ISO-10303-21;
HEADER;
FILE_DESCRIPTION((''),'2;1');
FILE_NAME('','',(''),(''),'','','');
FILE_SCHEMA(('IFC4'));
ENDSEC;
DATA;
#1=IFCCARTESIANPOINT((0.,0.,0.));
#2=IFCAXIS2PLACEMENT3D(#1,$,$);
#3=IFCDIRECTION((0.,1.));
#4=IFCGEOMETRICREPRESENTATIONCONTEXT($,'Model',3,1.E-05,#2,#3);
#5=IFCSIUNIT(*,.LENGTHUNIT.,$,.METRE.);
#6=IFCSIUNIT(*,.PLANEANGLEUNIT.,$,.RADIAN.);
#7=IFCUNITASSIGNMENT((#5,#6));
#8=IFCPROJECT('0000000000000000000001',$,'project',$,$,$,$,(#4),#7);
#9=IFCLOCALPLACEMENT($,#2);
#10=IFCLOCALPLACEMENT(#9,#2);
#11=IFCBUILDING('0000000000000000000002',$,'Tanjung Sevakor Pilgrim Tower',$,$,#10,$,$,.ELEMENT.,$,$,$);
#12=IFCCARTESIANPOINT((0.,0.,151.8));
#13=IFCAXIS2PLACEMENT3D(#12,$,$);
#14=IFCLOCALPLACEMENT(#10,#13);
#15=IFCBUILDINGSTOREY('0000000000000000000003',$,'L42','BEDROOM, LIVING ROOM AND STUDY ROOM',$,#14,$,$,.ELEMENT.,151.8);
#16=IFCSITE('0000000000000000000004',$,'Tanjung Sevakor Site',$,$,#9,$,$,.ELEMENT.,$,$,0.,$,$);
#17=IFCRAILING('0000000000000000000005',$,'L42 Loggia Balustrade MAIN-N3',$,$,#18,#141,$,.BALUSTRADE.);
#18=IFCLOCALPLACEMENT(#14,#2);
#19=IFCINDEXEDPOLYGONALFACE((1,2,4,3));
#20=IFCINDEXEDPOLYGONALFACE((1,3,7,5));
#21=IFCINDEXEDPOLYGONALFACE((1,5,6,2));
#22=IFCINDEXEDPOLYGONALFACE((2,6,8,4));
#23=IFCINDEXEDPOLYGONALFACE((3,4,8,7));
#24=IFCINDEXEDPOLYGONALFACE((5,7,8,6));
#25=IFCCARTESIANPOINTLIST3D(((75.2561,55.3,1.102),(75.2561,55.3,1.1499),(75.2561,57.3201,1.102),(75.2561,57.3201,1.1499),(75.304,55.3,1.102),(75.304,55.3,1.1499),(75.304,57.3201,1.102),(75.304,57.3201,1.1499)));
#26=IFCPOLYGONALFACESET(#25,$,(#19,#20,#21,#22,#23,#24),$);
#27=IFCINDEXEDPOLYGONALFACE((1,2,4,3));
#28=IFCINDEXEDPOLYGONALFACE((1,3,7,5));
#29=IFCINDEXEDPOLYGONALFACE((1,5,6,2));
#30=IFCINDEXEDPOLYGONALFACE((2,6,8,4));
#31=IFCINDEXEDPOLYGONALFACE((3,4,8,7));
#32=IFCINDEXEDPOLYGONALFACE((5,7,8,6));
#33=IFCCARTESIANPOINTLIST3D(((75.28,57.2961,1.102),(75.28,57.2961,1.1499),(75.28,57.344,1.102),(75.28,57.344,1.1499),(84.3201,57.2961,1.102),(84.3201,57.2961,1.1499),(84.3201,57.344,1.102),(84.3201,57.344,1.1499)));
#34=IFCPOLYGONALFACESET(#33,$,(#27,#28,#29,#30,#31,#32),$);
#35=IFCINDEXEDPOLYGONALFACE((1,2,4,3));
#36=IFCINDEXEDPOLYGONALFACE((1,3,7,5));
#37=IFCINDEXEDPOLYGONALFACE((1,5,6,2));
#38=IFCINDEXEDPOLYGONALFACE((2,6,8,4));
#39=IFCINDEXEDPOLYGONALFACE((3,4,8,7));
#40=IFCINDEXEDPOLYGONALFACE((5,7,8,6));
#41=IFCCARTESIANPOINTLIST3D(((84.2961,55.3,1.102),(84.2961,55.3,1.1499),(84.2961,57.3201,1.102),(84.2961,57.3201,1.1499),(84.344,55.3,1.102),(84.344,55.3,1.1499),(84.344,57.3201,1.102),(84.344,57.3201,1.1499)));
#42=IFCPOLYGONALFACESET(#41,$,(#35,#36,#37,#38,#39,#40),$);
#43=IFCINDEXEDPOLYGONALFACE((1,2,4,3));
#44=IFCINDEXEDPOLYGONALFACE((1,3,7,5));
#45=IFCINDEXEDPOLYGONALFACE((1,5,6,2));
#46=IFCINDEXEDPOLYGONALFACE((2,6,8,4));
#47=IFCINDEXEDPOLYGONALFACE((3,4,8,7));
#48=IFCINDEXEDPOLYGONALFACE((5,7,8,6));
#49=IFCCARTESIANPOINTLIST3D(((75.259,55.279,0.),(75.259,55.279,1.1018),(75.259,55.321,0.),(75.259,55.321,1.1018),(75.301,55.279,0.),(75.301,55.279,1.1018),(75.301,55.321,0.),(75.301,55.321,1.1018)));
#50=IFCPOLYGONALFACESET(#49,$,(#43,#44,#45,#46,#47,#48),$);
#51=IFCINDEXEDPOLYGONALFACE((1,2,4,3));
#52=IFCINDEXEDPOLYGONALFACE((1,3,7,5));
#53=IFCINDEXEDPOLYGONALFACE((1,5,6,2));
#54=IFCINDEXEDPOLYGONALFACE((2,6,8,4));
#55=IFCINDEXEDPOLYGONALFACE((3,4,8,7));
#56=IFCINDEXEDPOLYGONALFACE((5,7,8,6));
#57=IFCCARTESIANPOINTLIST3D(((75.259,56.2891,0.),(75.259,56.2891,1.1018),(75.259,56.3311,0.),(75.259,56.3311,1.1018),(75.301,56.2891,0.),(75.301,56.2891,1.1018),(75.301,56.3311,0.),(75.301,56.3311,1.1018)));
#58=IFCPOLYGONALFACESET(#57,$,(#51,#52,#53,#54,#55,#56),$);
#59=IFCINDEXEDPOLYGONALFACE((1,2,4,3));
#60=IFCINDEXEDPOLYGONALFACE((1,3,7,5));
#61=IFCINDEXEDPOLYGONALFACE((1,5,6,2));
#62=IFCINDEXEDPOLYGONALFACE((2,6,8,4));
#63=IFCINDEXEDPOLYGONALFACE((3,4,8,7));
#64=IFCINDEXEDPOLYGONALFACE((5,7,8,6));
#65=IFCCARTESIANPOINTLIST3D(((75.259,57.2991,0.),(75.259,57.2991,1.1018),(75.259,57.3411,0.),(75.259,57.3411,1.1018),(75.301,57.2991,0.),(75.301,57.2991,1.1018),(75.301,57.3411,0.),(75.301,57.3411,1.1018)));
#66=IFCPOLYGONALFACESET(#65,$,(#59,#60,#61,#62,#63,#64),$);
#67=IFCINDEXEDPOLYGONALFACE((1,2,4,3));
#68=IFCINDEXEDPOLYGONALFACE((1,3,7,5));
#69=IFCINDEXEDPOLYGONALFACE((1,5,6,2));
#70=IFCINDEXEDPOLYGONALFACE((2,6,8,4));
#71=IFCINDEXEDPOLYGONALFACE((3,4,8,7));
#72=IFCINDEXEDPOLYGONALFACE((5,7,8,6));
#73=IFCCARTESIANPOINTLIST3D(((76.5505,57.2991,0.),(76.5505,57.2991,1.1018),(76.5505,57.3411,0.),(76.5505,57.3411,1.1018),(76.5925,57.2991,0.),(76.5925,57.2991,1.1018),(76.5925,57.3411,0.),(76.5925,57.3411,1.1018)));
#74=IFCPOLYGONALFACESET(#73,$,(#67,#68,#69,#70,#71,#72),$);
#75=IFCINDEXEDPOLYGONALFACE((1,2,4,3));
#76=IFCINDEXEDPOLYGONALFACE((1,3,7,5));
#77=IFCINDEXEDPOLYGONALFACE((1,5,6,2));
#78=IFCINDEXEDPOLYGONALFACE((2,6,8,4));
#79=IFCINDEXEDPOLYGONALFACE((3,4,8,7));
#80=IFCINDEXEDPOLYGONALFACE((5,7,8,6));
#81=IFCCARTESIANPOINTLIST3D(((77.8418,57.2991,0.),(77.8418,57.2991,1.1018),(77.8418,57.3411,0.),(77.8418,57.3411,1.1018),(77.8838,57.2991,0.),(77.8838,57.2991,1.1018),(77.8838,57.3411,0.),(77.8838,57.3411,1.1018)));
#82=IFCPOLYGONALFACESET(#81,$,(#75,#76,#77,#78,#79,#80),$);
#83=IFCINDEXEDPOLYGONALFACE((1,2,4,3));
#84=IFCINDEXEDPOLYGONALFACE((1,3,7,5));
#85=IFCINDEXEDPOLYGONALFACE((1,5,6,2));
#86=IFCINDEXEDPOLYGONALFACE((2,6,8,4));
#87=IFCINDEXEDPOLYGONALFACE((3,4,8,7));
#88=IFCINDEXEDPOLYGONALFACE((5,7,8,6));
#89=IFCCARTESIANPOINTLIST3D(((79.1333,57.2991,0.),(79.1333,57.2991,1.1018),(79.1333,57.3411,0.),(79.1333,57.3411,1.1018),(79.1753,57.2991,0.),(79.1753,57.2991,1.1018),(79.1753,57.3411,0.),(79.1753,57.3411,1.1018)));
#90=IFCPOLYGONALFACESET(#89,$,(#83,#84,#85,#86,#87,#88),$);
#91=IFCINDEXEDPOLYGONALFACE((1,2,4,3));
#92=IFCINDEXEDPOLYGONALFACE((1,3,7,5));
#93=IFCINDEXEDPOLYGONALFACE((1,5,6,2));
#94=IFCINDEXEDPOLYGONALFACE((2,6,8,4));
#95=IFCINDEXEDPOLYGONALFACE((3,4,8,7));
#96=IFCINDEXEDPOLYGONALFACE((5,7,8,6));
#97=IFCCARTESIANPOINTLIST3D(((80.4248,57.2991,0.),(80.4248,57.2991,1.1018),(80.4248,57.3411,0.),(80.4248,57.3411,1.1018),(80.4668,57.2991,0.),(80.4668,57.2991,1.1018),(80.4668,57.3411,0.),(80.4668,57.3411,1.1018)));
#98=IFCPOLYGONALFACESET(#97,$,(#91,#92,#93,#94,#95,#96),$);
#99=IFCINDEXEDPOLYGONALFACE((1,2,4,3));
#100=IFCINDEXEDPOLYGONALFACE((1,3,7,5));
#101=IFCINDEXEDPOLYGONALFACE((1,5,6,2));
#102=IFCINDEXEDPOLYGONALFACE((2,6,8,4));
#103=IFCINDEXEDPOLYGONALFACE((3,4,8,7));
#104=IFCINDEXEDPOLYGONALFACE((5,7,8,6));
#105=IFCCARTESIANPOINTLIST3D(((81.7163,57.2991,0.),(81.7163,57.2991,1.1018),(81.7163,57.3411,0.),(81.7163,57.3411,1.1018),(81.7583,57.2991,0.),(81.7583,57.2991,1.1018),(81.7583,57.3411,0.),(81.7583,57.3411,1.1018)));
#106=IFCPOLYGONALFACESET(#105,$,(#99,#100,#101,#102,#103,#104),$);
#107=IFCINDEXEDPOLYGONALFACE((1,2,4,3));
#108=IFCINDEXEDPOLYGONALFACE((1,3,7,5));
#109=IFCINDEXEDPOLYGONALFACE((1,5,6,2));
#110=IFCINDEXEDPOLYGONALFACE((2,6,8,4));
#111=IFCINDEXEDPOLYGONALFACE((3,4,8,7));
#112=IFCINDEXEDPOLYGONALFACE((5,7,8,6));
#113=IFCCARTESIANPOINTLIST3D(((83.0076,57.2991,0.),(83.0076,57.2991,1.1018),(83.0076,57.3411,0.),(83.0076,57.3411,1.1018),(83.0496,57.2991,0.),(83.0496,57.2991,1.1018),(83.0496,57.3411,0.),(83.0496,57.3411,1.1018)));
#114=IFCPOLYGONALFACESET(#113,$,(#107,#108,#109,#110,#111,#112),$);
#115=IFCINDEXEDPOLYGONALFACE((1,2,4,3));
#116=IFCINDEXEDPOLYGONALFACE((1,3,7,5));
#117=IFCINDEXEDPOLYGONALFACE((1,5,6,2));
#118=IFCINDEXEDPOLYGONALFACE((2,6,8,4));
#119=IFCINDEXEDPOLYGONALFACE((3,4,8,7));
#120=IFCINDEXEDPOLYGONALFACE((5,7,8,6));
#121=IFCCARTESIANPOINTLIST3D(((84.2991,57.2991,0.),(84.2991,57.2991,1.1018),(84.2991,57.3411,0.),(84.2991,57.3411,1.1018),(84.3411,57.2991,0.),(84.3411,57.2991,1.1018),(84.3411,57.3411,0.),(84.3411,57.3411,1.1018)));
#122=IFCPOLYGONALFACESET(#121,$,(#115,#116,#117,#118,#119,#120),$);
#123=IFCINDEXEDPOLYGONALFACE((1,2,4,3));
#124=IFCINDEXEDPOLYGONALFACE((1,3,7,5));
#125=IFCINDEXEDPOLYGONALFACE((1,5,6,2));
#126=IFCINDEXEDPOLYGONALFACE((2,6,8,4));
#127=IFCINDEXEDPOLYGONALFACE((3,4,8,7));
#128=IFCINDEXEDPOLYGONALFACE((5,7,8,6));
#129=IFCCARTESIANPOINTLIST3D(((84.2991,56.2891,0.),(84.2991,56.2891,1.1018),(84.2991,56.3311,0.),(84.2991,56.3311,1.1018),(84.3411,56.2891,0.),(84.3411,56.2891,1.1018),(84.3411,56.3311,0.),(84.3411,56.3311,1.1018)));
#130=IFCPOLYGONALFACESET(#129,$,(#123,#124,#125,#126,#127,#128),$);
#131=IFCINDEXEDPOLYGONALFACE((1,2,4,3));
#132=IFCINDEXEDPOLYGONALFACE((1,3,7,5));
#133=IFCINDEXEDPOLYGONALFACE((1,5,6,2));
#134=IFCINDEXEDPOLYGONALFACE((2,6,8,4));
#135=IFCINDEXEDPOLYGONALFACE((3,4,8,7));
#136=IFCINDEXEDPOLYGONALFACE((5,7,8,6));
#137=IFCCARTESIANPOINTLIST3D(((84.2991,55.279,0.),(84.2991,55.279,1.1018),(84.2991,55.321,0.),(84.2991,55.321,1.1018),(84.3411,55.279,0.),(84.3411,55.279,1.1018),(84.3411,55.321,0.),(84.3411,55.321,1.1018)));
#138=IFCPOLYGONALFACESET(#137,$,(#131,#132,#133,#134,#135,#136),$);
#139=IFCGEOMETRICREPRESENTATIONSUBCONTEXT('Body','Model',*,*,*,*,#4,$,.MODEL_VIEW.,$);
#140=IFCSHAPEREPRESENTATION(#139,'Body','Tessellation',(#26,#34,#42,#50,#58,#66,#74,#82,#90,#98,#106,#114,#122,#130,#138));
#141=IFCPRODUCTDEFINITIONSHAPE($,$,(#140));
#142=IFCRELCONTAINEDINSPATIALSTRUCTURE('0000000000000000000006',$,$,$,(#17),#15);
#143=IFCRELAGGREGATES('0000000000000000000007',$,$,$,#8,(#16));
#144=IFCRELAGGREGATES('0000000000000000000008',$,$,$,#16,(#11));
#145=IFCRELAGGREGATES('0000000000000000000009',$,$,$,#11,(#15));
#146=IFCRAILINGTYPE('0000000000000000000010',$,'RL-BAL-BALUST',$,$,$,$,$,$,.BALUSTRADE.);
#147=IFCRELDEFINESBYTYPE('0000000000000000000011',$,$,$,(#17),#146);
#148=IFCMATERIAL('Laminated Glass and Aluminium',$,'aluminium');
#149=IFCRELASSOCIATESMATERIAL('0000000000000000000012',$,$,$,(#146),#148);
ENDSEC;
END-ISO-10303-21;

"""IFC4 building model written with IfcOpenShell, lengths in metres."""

from ifc_helpers import new_model, si_unit, direction, frame, origin, place, context, subcontext, project, spatial, rectangle, extrude, material, type_object, element, save


model = new_model("IFC4")

# Units and contexts
model_context = context("Model", 3, precision=1e-05, world=origin(), true_north=direction((0.0, 1.0)))
body_context = subcontext(model_context, "Body", "Model", "MODEL_VIEW")
ifc_project = project(units=[si_unit("LENGTHUNIT", "METRE"), si_unit("PLANEANGLEUNIT", "RADIAN")], contexts=[model_context])

# Site, building, storey
site_placement = place(None, origin())
site = spatial("IfcSite", under=ifc_project, at=site_placement, Name="Tanjung Sevakor Site", CompositionType="ELEMENT", RefElevation=0.0)
building_placement = place(site_placement, origin())
building = spatial("IfcBuilding", under=site, at=building_placement, Name="Tanjung Sevakor Pilgrim Tower", CompositionType="ELEMENT")
storey_placement = place(building_placement, frame((0.0, 0.0, 151.8)))
storey = spatial("IfcBuildingStorey", under=building, at=storey_placement, Name="L42", Description="BEDROOM, LIVING ROOM AND STUDY ROOM", CompositionType="ELEMENT", Elevation=151.8)

# Railing
ifc_material_1 = material(Name="Laminated Glass and Aluminium", Category="aluminium")
railing_type = type_object("IfcRailingType", Name="RL-BAL-BALUST", PredefinedType="BALUSTRADE", material=ifc_material_1)
railing_1_placement = place(storey_placement, frame((75.28, 55.3, 0.0)))
element("IfcRailing", 1, at=railing_1_placement, inside=storey, type_object=railing_type, Name="L42 Loggia Balustrade MAIN-N3", PredefinedType="BALUSTRADE", context=body_context, shape_type="SweptSolid", body=[
    extrude(rectangle(XDim=0.0479, YDim=0.0479), frame((0.0, 0.0, 1.126), z_axis=(0.0, 1.0, 0.0), x_axis=(-1.0, 0.0, 0.0)), (0.0, 0.0, 1.0), 2.02),
    extrude(rectangle(XDim=0.0479, YDim=0.0479), frame((0.0, 2.02, 1.126), z_axis=(1.0, 0.0, 0.0), x_axis=(0.0, 1.0, 0.0)), (0.0, 0.0, 1.0), 9.04),
    extrude(rectangle(XDim=0.0479, YDim=0.0479), frame((9.04, 2.02, 1.126), z_axis=(0.0, -1.0, 0.0), x_axis=(1.0, 0.0, 0.0)), (0.0, 0.0, 1.0), 2.02),
    extrude(rectangle(XDim=0.042, YDim=0.042), origin(), (0.0, 0.0, 1.0), 1.1018),
    extrude(rectangle(XDim=0.042, YDim=0.042), frame((0.0, 1.01, 0.0)), (0.0, 0.0, 1.0), 1.1018),
    extrude(rectangle(XDim=0.042, YDim=0.042), frame((0.0, 2.02, 0.0)), (0.0, 0.0, 1.0), 1.1018),
    extrude(rectangle(XDim=0.042, YDim=0.042), frame((1.2915, 2.02, 0.0)), (0.0, 0.0, 1.0), 1.1018),
    extrude(rectangle(XDim=0.042, YDim=0.042), frame((2.5828, 2.02, 0.0)), (0.0, 0.0, 1.0), 1.1018),
    extrude(rectangle(XDim=0.042, YDim=0.042), frame((3.8743, 2.02, 0.0)), (0.0, 0.0, 1.0), 1.1018),
    extrude(rectangle(XDim=0.042, YDim=0.042), frame((5.1658, 2.02, 0.0)), (0.0, 0.0, 1.0), 1.1018),
    extrude(rectangle(XDim=0.042, YDim=0.042), frame((6.4573, 2.02, 0.0)), (0.0, 0.0, 1.0), 1.1018),
    extrude(rectangle(XDim=0.042, YDim=0.042), frame((7.7485, 2.02, 0.0)), (0.0, 0.0, 1.0), 1.1018),
    extrude(rectangle(XDim=0.042, YDim=0.042), frame((9.04, 2.02, 0.0)), (0.0, 0.0, 1.0), 1.1018),
    extrude(rectangle(XDim=0.042, YDim=0.042), frame((9.04, 1.01, 0.0)), (0.0, 0.0, 1.0), 1.1018),
    extrude(rectangle(XDim=0.042, YDim=0.042), frame((9.04, 0.0, 0.0)), (0.0, 0.0, 1.0), 1.1018),
])

save(model, "model.ifc")
